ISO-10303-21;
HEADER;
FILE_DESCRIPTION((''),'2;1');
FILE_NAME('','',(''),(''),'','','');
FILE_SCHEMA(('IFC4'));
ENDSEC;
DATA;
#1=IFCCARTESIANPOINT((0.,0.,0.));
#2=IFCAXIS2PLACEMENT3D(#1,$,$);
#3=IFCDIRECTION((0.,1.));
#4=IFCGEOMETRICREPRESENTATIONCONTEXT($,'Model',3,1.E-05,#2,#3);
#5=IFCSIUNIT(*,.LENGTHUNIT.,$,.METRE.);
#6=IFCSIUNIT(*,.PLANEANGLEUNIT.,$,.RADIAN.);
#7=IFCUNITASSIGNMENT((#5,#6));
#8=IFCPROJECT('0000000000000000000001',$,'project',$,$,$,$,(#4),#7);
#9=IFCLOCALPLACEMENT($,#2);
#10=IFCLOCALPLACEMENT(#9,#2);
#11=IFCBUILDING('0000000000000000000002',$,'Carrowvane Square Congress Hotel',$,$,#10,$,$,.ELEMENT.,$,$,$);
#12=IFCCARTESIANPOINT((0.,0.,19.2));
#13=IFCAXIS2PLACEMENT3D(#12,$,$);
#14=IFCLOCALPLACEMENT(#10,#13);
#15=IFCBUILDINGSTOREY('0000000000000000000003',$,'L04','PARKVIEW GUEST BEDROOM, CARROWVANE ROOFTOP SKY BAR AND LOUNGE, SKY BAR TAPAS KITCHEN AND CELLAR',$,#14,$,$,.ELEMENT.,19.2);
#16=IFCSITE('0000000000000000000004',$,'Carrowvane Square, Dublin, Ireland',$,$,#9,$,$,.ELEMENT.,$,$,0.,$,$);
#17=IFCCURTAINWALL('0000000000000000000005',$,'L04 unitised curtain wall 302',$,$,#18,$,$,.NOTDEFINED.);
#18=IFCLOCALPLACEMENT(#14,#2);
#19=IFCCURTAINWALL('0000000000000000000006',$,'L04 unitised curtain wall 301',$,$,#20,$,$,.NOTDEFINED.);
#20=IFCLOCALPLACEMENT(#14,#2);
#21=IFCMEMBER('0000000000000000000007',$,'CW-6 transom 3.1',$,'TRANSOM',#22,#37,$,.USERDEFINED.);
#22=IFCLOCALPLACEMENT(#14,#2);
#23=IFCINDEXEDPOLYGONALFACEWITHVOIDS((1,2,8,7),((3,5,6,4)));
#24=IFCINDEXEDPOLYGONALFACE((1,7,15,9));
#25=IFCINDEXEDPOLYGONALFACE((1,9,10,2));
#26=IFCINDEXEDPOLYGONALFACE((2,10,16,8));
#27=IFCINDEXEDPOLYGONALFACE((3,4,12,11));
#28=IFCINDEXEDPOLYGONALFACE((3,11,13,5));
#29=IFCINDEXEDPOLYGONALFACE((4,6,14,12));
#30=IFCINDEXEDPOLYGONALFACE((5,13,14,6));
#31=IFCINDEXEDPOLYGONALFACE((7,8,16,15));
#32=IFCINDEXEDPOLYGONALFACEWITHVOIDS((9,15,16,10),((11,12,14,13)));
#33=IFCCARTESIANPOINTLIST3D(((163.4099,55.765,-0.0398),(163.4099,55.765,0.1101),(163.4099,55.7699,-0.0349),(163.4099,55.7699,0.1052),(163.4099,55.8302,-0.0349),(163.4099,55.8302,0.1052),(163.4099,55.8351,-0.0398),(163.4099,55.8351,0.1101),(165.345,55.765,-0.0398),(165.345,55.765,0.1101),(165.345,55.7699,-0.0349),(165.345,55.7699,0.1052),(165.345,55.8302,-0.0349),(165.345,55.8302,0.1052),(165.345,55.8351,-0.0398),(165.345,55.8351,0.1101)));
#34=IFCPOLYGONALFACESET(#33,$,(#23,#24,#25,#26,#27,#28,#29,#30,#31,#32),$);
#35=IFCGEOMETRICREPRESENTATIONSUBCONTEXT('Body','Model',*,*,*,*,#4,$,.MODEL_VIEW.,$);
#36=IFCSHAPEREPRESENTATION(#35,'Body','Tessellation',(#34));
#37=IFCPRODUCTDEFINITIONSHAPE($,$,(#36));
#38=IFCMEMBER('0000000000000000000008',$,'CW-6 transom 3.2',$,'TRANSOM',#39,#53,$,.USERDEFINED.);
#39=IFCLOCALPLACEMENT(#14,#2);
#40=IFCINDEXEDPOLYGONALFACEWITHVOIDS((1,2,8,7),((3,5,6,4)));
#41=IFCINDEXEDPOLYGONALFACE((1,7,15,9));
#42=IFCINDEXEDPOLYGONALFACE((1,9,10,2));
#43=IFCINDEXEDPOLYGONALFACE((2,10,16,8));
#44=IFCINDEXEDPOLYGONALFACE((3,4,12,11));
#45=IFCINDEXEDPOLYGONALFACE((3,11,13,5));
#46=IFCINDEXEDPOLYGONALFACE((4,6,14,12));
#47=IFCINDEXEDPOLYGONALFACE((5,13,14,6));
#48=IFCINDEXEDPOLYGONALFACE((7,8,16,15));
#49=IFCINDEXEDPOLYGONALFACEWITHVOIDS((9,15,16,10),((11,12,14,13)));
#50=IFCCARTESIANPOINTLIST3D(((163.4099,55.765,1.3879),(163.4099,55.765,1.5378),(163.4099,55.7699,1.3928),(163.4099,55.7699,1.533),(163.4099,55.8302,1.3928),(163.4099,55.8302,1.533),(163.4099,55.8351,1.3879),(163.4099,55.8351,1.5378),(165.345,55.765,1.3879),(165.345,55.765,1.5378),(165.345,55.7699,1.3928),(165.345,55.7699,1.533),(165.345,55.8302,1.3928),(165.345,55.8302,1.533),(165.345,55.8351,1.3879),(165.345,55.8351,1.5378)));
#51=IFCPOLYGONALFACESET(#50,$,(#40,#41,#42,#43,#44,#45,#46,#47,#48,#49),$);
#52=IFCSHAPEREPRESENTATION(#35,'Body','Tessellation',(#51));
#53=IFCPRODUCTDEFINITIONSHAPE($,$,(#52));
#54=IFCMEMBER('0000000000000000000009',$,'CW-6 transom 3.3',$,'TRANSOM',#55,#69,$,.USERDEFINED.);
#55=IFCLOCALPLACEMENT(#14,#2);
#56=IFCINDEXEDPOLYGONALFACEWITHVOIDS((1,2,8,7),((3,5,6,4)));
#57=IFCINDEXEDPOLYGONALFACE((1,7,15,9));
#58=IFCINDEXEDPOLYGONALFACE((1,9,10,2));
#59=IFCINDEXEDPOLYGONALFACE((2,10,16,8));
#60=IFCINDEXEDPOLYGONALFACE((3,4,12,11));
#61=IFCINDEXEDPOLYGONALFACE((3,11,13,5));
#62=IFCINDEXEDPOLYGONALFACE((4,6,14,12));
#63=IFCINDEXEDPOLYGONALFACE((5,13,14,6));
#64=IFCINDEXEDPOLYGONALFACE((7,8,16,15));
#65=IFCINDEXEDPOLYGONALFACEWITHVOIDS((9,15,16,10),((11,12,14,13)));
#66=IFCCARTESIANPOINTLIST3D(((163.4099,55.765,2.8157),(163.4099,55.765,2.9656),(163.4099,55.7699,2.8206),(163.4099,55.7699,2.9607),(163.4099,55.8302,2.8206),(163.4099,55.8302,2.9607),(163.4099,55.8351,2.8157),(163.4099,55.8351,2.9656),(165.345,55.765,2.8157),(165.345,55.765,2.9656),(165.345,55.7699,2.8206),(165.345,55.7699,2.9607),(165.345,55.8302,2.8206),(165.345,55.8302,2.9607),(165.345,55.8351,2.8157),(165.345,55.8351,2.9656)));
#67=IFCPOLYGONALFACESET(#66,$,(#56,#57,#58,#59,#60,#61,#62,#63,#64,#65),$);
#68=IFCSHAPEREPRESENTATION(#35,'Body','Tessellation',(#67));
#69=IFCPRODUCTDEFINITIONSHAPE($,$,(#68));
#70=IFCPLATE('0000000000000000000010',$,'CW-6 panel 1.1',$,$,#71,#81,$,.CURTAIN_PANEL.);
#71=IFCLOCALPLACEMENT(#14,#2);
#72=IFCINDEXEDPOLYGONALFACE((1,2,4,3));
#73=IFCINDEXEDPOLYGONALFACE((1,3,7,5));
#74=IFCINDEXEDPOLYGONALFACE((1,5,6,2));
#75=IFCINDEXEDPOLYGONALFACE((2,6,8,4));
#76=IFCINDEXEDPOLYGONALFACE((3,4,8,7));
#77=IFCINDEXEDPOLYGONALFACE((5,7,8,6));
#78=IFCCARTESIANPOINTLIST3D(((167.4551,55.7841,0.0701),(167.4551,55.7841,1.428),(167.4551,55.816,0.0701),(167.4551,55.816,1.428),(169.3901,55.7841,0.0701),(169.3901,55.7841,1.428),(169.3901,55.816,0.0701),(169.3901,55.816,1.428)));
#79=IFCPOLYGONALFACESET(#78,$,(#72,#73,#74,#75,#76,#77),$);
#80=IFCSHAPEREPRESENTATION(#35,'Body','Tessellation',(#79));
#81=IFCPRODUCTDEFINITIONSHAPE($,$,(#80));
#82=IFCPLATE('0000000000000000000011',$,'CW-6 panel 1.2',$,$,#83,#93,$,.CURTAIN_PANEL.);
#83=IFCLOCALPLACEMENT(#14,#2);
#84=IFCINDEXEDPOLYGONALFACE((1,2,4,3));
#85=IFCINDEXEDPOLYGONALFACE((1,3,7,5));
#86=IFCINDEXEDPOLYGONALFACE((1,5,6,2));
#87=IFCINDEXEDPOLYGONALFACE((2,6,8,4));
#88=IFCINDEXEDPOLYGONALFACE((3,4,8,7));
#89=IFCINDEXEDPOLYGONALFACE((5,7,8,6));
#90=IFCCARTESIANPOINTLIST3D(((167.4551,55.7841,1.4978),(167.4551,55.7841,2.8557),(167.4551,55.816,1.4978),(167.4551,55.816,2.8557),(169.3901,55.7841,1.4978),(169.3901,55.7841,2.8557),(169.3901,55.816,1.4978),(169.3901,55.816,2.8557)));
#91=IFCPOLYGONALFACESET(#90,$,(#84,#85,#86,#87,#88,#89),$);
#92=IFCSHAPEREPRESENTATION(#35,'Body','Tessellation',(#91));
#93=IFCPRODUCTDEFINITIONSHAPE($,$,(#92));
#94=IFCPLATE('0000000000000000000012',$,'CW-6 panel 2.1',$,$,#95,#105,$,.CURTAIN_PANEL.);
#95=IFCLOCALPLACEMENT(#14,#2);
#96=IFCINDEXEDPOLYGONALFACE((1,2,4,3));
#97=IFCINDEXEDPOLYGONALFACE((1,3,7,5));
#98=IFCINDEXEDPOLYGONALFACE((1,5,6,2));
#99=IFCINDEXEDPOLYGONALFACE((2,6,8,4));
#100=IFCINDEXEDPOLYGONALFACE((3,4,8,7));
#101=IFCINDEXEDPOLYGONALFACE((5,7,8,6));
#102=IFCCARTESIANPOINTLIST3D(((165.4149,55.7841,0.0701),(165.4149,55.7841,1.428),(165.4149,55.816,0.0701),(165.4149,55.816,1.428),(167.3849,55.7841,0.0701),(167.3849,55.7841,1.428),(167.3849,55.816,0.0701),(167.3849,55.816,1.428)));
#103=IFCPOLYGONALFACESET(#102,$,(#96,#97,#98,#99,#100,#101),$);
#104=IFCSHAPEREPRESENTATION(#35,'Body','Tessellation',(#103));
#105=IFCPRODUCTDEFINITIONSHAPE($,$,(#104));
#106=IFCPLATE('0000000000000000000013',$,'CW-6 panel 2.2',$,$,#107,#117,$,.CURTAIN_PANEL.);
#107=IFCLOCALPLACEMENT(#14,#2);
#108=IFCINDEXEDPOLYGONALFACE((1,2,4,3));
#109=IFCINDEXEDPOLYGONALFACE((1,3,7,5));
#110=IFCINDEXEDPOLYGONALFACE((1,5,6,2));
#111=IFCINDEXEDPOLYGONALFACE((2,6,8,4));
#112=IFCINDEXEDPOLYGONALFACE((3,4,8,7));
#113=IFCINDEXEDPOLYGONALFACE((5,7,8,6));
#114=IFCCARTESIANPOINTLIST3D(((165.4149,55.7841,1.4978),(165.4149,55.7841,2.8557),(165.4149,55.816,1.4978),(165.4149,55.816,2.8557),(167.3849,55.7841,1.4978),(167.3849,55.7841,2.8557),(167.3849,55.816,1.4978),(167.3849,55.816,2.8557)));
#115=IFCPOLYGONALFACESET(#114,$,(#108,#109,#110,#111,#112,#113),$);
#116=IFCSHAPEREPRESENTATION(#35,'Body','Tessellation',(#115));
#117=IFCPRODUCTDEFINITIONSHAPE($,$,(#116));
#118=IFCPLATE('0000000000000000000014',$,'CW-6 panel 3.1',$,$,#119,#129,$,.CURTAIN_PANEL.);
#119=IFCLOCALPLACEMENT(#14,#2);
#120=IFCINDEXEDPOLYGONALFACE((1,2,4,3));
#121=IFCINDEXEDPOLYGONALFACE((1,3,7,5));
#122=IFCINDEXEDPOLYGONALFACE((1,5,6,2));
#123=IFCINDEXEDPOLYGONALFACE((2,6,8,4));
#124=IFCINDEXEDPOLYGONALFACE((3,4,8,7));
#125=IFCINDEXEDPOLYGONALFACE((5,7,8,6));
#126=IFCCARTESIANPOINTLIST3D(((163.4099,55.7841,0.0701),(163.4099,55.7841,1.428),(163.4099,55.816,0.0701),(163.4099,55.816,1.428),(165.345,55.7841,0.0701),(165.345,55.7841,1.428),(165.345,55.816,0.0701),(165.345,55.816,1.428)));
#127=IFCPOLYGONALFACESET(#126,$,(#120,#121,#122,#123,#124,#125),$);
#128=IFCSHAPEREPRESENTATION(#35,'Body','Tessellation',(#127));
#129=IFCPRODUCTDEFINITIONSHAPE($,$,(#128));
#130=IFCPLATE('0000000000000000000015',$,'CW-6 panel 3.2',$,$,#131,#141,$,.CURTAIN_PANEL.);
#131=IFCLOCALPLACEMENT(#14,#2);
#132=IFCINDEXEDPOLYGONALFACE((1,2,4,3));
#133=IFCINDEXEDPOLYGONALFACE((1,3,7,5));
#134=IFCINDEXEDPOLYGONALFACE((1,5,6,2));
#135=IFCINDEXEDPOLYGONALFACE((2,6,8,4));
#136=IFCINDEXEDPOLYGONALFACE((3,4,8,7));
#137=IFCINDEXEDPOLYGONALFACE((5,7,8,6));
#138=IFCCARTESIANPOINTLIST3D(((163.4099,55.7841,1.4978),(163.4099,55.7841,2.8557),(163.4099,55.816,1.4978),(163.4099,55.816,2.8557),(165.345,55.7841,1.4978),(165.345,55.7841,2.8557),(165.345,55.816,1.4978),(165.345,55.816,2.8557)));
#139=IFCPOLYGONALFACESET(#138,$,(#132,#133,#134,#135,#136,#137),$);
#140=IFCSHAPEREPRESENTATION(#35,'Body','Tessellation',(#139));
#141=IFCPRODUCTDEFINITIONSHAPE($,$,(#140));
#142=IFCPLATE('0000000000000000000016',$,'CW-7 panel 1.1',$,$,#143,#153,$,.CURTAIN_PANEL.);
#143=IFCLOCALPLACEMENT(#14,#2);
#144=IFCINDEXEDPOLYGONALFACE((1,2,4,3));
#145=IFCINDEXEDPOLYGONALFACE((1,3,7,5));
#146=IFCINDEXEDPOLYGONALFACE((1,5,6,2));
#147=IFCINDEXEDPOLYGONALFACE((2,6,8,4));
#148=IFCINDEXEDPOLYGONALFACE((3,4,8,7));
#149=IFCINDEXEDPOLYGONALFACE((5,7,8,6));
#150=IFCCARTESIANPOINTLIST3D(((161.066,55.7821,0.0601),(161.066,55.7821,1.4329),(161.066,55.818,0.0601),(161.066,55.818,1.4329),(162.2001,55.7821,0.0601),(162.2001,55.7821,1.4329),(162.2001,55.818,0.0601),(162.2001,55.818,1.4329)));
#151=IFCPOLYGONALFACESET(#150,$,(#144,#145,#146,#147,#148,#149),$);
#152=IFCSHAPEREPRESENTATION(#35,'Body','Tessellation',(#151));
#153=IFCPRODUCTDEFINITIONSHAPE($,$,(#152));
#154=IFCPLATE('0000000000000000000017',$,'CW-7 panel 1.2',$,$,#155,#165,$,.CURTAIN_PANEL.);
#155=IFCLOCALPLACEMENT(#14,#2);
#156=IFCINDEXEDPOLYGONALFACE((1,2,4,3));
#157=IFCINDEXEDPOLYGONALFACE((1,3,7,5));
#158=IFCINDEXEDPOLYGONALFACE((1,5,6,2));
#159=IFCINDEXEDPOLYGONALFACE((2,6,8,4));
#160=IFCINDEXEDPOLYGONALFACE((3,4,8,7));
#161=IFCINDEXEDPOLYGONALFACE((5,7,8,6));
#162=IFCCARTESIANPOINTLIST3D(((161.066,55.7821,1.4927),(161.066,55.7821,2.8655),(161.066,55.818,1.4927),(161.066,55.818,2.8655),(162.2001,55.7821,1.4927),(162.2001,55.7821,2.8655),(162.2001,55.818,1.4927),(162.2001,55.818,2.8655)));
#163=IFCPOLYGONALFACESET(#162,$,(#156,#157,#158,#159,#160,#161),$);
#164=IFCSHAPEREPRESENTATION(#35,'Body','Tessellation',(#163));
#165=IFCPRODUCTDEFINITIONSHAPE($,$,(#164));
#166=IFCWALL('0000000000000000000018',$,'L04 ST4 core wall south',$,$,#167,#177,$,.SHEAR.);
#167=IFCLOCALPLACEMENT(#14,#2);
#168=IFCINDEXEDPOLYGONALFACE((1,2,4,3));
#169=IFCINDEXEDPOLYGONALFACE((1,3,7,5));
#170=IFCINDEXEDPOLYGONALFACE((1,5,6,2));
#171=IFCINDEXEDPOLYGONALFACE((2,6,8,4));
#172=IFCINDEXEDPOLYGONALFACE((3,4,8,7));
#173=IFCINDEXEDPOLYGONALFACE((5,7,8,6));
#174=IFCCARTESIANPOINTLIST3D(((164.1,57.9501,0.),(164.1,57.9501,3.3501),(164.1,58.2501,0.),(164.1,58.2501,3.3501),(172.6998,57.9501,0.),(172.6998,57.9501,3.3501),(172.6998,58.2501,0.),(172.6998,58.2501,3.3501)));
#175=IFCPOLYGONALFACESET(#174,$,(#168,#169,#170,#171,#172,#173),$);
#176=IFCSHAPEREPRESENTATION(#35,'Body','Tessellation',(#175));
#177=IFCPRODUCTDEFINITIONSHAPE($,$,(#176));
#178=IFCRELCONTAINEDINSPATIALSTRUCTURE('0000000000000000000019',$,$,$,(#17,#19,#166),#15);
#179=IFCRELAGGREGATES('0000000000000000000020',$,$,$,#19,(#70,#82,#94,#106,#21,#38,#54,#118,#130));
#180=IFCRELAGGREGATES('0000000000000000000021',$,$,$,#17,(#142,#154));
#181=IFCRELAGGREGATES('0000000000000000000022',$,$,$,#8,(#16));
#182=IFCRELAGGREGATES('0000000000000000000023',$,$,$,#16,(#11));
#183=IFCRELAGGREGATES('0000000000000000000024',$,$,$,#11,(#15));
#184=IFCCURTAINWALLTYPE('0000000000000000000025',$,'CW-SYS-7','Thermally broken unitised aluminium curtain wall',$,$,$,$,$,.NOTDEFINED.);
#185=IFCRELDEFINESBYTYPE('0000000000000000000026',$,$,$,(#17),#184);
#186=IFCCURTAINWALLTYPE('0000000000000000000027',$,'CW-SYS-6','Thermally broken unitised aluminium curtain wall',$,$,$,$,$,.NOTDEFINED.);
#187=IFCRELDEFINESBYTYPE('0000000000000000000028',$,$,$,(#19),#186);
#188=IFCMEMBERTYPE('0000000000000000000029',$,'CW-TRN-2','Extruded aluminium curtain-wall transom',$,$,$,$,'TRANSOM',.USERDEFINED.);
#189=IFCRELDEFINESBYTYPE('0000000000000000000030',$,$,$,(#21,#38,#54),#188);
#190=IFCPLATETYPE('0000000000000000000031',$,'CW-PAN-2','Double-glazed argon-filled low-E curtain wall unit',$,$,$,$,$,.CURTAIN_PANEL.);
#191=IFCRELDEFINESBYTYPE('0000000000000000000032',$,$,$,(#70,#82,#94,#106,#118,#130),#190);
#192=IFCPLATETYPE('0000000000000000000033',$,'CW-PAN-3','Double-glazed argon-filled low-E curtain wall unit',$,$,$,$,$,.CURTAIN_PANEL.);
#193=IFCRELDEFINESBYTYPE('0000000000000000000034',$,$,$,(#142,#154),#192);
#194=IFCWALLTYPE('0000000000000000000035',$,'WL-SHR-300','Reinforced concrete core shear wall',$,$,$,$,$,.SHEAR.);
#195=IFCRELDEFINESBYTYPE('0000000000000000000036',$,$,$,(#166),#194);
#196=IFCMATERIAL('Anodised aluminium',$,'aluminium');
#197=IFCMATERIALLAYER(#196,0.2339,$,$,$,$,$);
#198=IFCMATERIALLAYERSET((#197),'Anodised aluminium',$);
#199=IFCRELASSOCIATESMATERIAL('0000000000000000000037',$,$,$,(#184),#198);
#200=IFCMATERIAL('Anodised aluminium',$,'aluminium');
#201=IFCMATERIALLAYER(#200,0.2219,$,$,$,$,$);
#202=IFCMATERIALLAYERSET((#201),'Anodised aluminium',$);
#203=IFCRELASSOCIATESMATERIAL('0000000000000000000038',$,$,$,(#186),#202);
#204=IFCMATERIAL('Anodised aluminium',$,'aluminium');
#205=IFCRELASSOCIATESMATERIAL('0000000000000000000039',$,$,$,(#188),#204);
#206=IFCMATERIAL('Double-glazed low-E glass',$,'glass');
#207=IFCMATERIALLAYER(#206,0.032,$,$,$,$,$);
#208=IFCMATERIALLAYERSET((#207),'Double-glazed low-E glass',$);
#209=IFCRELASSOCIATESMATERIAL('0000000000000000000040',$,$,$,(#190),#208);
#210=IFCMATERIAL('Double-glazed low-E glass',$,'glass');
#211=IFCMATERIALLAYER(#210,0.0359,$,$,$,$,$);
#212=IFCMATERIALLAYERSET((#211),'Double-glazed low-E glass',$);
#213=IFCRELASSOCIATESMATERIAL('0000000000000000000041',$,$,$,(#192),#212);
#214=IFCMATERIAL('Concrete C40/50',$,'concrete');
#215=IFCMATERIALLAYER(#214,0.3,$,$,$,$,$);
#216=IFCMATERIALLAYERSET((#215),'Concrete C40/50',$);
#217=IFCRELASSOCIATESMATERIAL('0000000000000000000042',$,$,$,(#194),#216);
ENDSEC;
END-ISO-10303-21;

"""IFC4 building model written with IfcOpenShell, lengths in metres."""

from ifc_helpers import new_model, si_unit, direction, frame, frame_2d, origin, origin_2d, place, context, subcontext, project, spatial, rectangle, hollow_rectangle, extrude, material, layer, layer_set, material_profile, profile_set, type_object, element, aggregate, save


model = new_model("IFC4")

# Units and contexts
model_context = context("Model", 3, precision=1e-05, world=origin(), true_north=direction((0.0, 1.0)))
body_context = subcontext(model_context, "Body", "Model", "MODEL_VIEW")
ifc_project = project(units=[si_unit("LENGTHUNIT", "METRE"), si_unit("PLANEANGLEUNIT", "RADIAN")], contexts=[model_context])

# Site, building, storey
site_placement = place(None, origin())
site = spatial("IfcSite", under=ifc_project, at=site_placement, Name="Carrowvane Square, Dublin, Ireland", CompositionType="ELEMENT", RefElevation=0.0)
building_placement = place(site_placement, origin())
building = spatial("IfcBuilding", under=site, at=building_placement, Name="Carrowvane Square Congress Hotel", CompositionType="ELEMENT")
storey_placement = place(building_placement, frame((0.0, 0.0, 19.2)))
storey = spatial("IfcBuildingStorey", under=building, at=storey_placement, Name="L04", Description="PARKVIEW GUEST BEDROOM, CARROWVANE ROOFTOP SKY BAR AND LOUNGE, SKY BAR TAPAS KITCHEN AND CELLAR", CompositionType="ELEMENT", Elevation=19.2)

# Curtain wall
ifc_material_1 = material(Name="Anodised aluminium", Category="aluminium")
ifc_layer_1 = layer(ifc_material_1, 0.2339)
ifc_layer_set_1 = layer_set([ifc_layer_1], Name="Anodised aluminium")
curtain_wall_type_1 = type_object("IfcCurtainWallType", Name="CW-SYS-7", Description="Thermally broken unitised aluminium curtain wall", PredefinedType="NOTDEFINED", material=ifc_layer_set_1)
curtain_wall_1_placement = place(storey_placement, origin())
curtain_wall_1 = element("IfcCurtainWall", 1, at=curtain_wall_1_placement, inside=storey, type_object=curtain_wall_type_1, Name="L04 unitised curtain wall 302", PredefinedType="NOTDEFINED")

# Curtain wall
ifc_material_2 = material(Name="Anodised aluminium", Category="aluminium")
ifc_layer_2 = layer(ifc_material_2, 0.2219)
ifc_layer_set_2 = layer_set([ifc_layer_2], Name="Anodised aluminium")
curtain_wall_type_2 = type_object("IfcCurtainWallType", Name="CW-SYS-6", Description="Thermally broken unitised aluminium curtain wall", PredefinedType="NOTDEFINED", material=ifc_layer_set_2)
curtain_wall_2_placement = place(storey_placement, origin())
curtain_wall_2 = element("IfcCurtainWall", 2, at=curtain_wall_2_placement, inside=storey, type_object=curtain_wall_type_2, Name="L04 unitised curtain wall 301", PredefinedType="NOTDEFINED")

# Members
ifc_material_3 = material(Name="Anodised aluminium", Category="aluminium")
ifc_material_profile_1 = material_profile(ifc_material_3, hollow_rectangle(XDim=0.0701, YDim=0.1499, WallThickness=0.0049, at=origin_2d()), Name="CW-TR 70x150x5")
ifc_profile_set_1 = profile_set([ifc_material_profile_1], Name="Anodised aluminium")
member_type_1 = type_object("IfcMemberType", Name="CW-TRN-2", Description="Extruded aluminium curtain-wall transom", ElementType="TRANSOM", PredefinedType="USERDEFINED", material=ifc_profile_set_1)
member_1_placement = place(storey_placement, frame((165.345, 55.8, 0.0352), z_axis=(-1.0, 0.0, 0.0), x_axis=(0.0, -1.0, 0.0)))
member_1 = element("IfcMember", 3, at=member_1_placement, type_object=member_type_1, Name="CW-6 transom 3.1", ObjectType="TRANSOM", PredefinedType="USERDEFINED", context=body_context, shape_type="SweptSolid", body=[
    extrude(hollow_rectangle(XDim=0.0701, YDim=0.1499, WallThickness=0.0049, at=origin_2d()), origin(), (0.0, 0.0, 1.0), 1.9351),
])
member_2_placement = place(storey_placement, frame((165.345, 55.8, 1.4629), z_axis=(-1.0, 0.0, 0.0), x_axis=(0.0, -1.0, 0.0)))
member_2 = element("IfcMember", 4, at=member_2_placement, type_object=member_type_1, Name="CW-6 transom 3.2", ObjectType="TRANSOM", PredefinedType="USERDEFINED", context=body_context, shape_type="SweptSolid", body=[
    extrude(hollow_rectangle(XDim=0.0701, YDim=0.1499, WallThickness=0.0049, at=origin_2d()), origin(), (0.0, 0.0, 1.0), 1.9351),
])
member_3_placement = place(storey_placement, frame((165.345, 55.8, 2.8906), z_axis=(-1.0, 0.0, 0.0), x_axis=(0.0, -1.0, 0.0)))
member_3 = element("IfcMember", 5, at=member_3_placement, type_object=member_type_1, Name="CW-6 transom 3.3", ObjectType="TRANSOM", PredefinedType="USERDEFINED", context=body_context, shape_type="SweptSolid", body=[
    extrude(hollow_rectangle(XDim=0.0701, YDim=0.1499, WallThickness=0.0049, at=origin_2d()), origin(), (0.0, 0.0, 1.0), 1.9351),
])

# Plates
ifc_material_4 = material(Name="Double-glazed low-E glass", Category="glass")
ifc_layer_3 = layer(ifc_material_4, 0.032)
ifc_layer_set_3 = layer_set([ifc_layer_3], Name="Double-glazed low-E glass")
plate_type_1 = type_object("IfcPlateType", Name="CW-PAN-2", Description="Double-glazed argon-filled low-E curtain wall unit", PredefinedType="CURTAIN_PANEL", material=ifc_layer_set_3)
plate_1_placement = place(storey_placement, frame((168.4226, 55.8, 0.0701), z_axis=(0.0, 0.0, 1.0), x_axis=(-1.0, 0.0, 0.0)))
plate_1 = element("IfcPlate", 6, at=plate_1_placement, type_object=plate_type_1, Name="CW-6 panel 1.1", PredefinedType="CURTAIN_PANEL", context=body_context, shape_type="SweptSolid", body=[
    extrude(rectangle(XDim=1.9351, YDim=0.032, at=origin_2d()), origin(), (0.0, 0.0, 1.0), 1.3579),
])
plate_2_placement = place(storey_placement, frame((168.4226, 55.8, 1.4978), z_axis=(0.0, 0.0, 1.0), x_axis=(-1.0, 0.0, 0.0)))
plate_2 = element("IfcPlate", 7, at=plate_2_placement, type_object=plate_type_1, Name="CW-6 panel 1.2", PredefinedType="CURTAIN_PANEL", context=body_context, shape_type="SweptSolid", body=[
    extrude(rectangle(XDim=1.9351, YDim=0.032, at=origin_2d()), origin(), (0.0, 0.0, 1.0), 1.3579),
])
plate_3_placement = place(storey_placement, frame((166.3999, 55.8, 0.0701), z_axis=(0.0, 0.0, 1.0), x_axis=(-1.0, 0.0, 0.0)))
plate_3 = element("IfcPlate", 8, at=plate_3_placement, type_object=plate_type_1, Name="CW-6 panel 2.1", PredefinedType="CURTAIN_PANEL", context=body_context, shape_type="SweptSolid", body=[
    extrude(rectangle(XDim=1.97, YDim=0.032, at=origin_2d()), origin(), (0.0, 0.0, 1.0), 1.3579),
])
plate_4_placement = place(storey_placement, frame((166.3999, 55.8, 1.4978), z_axis=(0.0, 0.0, 1.0), x_axis=(-1.0, 0.0, 0.0)))
plate_4 = element("IfcPlate", 9, at=plate_4_placement, type_object=plate_type_1, Name="CW-6 panel 2.2", PredefinedType="CURTAIN_PANEL", context=body_context, shape_type="SweptSolid", body=[
    extrude(rectangle(XDim=1.97, YDim=0.032, at=origin_2d()), origin(), (0.0, 0.0, 1.0), 1.3579),
])
plate_5_placement = place(storey_placement, frame((164.3774, 55.8, 0.0701), z_axis=(0.0, 0.0, 1.0), x_axis=(-1.0, 0.0, 0.0)))
plate_5 = element("IfcPlate", 10, at=plate_5_placement, type_object=plate_type_1, Name="CW-6 panel 3.1", PredefinedType="CURTAIN_PANEL", context=body_context, shape_type="SweptSolid", body=[
    extrude(rectangle(XDim=1.9351, YDim=0.032, at=origin_2d()), origin(), (0.0, 0.0, 1.0), 1.3579),
])
plate_6_placement = place(storey_placement, frame((164.3774, 55.8, 1.4978), z_axis=(0.0, 0.0, 1.0), x_axis=(-1.0, 0.0, 0.0)))
plate_6 = element("IfcPlate", 11, at=plate_6_placement, type_object=plate_type_1, Name="CW-6 panel 3.2", PredefinedType="CURTAIN_PANEL", context=body_context, shape_type="SweptSolid", body=[
    extrude(rectangle(XDim=1.9351, YDim=0.032, at=origin_2d()), origin(), (0.0, 0.0, 1.0), 1.3579),
])
aggregate(curtain_wall_2, [plate_1, plate_2, plate_3, plate_4, member_1, member_2, member_3, plate_5, plate_6])
ifc_material_5 = material(Name="Double-glazed low-E glass", Category="glass")
ifc_layer_4 = layer(ifc_material_5, 0.0359)
ifc_layer_set_4 = layer_set([ifc_layer_4], Name="Double-glazed low-E glass")
plate_type_2 = type_object("IfcPlateType", Name="CW-PAN-3", Description="Double-glazed argon-filled low-E curtain wall unit", PredefinedType="CURTAIN_PANEL", material=ifc_layer_set_4)
plate_7_placement = place(storey_placement, frame((161.6331, 55.8, 0.0601), z_axis=(0.0, 0.0, 1.0), x_axis=(-1.0, 0.0, 0.0)))
plate_7 = element("IfcPlate", 12, at=plate_7_placement, type_object=plate_type_2, Name="CW-7 panel 1.1", PredefinedType="CURTAIN_PANEL", context=body_context, shape_type="SweptSolid", body=[
    extrude(rectangle(XDim=1.134, YDim=0.0359, at=origin_2d()), origin(), (0.0, 0.0, 1.0), 1.3728),
])
plate_8_placement = place(storey_placement, frame((161.6331, 55.8, 1.4927), z_axis=(0.0, 0.0, 1.0), x_axis=(-1.0, 0.0, 0.0)))
plate_8 = element("IfcPlate", 13, at=plate_8_placement, type_object=plate_type_2, Name="CW-7 panel 1.2", PredefinedType="CURTAIN_PANEL", context=body_context, shape_type="SweptSolid", body=[
    extrude(rectangle(XDim=1.134, YDim=0.0359, at=origin_2d()), origin(), (0.0, 0.0, 1.0), 1.3728),
])
aggregate(curtain_wall_1, [plate_7, plate_8])

# Wall
ifc_material_6 = material(Name="Concrete C40/50", Category="concrete")
ifc_layer_5 = layer(ifc_material_6, 0.3)
ifc_layer_set_5 = layer_set([ifc_layer_5], Name="Concrete C40/50")
wall_type = type_object("IfcWallType", Name="WL-SHR-300", Description="Reinforced concrete core shear wall", PredefinedType="SHEAR", material=ifc_layer_set_5)
wall_placement = place(storey_placement, frame((164.1001, 58.1001, 0.0), z_axis=(0.0, 0.0, 1.0), x_axis=(1.0, 0.0, 0.0)))
element("IfcWall", 14, at=wall_placement, inside=storey, type_object=wall_type, Name="L04 ST4 core wall south", PredefinedType="SHEAR", context=body_context, shape_type="SweptSolid", body=[
    extrude(rectangle(XDim=8.5999, YDim=0.3, at=frame_2d((4.2998, 0.0))), origin(), (0.0, 0.0, 1.0), 3.3501),
])

save(model, "model.ifc")
